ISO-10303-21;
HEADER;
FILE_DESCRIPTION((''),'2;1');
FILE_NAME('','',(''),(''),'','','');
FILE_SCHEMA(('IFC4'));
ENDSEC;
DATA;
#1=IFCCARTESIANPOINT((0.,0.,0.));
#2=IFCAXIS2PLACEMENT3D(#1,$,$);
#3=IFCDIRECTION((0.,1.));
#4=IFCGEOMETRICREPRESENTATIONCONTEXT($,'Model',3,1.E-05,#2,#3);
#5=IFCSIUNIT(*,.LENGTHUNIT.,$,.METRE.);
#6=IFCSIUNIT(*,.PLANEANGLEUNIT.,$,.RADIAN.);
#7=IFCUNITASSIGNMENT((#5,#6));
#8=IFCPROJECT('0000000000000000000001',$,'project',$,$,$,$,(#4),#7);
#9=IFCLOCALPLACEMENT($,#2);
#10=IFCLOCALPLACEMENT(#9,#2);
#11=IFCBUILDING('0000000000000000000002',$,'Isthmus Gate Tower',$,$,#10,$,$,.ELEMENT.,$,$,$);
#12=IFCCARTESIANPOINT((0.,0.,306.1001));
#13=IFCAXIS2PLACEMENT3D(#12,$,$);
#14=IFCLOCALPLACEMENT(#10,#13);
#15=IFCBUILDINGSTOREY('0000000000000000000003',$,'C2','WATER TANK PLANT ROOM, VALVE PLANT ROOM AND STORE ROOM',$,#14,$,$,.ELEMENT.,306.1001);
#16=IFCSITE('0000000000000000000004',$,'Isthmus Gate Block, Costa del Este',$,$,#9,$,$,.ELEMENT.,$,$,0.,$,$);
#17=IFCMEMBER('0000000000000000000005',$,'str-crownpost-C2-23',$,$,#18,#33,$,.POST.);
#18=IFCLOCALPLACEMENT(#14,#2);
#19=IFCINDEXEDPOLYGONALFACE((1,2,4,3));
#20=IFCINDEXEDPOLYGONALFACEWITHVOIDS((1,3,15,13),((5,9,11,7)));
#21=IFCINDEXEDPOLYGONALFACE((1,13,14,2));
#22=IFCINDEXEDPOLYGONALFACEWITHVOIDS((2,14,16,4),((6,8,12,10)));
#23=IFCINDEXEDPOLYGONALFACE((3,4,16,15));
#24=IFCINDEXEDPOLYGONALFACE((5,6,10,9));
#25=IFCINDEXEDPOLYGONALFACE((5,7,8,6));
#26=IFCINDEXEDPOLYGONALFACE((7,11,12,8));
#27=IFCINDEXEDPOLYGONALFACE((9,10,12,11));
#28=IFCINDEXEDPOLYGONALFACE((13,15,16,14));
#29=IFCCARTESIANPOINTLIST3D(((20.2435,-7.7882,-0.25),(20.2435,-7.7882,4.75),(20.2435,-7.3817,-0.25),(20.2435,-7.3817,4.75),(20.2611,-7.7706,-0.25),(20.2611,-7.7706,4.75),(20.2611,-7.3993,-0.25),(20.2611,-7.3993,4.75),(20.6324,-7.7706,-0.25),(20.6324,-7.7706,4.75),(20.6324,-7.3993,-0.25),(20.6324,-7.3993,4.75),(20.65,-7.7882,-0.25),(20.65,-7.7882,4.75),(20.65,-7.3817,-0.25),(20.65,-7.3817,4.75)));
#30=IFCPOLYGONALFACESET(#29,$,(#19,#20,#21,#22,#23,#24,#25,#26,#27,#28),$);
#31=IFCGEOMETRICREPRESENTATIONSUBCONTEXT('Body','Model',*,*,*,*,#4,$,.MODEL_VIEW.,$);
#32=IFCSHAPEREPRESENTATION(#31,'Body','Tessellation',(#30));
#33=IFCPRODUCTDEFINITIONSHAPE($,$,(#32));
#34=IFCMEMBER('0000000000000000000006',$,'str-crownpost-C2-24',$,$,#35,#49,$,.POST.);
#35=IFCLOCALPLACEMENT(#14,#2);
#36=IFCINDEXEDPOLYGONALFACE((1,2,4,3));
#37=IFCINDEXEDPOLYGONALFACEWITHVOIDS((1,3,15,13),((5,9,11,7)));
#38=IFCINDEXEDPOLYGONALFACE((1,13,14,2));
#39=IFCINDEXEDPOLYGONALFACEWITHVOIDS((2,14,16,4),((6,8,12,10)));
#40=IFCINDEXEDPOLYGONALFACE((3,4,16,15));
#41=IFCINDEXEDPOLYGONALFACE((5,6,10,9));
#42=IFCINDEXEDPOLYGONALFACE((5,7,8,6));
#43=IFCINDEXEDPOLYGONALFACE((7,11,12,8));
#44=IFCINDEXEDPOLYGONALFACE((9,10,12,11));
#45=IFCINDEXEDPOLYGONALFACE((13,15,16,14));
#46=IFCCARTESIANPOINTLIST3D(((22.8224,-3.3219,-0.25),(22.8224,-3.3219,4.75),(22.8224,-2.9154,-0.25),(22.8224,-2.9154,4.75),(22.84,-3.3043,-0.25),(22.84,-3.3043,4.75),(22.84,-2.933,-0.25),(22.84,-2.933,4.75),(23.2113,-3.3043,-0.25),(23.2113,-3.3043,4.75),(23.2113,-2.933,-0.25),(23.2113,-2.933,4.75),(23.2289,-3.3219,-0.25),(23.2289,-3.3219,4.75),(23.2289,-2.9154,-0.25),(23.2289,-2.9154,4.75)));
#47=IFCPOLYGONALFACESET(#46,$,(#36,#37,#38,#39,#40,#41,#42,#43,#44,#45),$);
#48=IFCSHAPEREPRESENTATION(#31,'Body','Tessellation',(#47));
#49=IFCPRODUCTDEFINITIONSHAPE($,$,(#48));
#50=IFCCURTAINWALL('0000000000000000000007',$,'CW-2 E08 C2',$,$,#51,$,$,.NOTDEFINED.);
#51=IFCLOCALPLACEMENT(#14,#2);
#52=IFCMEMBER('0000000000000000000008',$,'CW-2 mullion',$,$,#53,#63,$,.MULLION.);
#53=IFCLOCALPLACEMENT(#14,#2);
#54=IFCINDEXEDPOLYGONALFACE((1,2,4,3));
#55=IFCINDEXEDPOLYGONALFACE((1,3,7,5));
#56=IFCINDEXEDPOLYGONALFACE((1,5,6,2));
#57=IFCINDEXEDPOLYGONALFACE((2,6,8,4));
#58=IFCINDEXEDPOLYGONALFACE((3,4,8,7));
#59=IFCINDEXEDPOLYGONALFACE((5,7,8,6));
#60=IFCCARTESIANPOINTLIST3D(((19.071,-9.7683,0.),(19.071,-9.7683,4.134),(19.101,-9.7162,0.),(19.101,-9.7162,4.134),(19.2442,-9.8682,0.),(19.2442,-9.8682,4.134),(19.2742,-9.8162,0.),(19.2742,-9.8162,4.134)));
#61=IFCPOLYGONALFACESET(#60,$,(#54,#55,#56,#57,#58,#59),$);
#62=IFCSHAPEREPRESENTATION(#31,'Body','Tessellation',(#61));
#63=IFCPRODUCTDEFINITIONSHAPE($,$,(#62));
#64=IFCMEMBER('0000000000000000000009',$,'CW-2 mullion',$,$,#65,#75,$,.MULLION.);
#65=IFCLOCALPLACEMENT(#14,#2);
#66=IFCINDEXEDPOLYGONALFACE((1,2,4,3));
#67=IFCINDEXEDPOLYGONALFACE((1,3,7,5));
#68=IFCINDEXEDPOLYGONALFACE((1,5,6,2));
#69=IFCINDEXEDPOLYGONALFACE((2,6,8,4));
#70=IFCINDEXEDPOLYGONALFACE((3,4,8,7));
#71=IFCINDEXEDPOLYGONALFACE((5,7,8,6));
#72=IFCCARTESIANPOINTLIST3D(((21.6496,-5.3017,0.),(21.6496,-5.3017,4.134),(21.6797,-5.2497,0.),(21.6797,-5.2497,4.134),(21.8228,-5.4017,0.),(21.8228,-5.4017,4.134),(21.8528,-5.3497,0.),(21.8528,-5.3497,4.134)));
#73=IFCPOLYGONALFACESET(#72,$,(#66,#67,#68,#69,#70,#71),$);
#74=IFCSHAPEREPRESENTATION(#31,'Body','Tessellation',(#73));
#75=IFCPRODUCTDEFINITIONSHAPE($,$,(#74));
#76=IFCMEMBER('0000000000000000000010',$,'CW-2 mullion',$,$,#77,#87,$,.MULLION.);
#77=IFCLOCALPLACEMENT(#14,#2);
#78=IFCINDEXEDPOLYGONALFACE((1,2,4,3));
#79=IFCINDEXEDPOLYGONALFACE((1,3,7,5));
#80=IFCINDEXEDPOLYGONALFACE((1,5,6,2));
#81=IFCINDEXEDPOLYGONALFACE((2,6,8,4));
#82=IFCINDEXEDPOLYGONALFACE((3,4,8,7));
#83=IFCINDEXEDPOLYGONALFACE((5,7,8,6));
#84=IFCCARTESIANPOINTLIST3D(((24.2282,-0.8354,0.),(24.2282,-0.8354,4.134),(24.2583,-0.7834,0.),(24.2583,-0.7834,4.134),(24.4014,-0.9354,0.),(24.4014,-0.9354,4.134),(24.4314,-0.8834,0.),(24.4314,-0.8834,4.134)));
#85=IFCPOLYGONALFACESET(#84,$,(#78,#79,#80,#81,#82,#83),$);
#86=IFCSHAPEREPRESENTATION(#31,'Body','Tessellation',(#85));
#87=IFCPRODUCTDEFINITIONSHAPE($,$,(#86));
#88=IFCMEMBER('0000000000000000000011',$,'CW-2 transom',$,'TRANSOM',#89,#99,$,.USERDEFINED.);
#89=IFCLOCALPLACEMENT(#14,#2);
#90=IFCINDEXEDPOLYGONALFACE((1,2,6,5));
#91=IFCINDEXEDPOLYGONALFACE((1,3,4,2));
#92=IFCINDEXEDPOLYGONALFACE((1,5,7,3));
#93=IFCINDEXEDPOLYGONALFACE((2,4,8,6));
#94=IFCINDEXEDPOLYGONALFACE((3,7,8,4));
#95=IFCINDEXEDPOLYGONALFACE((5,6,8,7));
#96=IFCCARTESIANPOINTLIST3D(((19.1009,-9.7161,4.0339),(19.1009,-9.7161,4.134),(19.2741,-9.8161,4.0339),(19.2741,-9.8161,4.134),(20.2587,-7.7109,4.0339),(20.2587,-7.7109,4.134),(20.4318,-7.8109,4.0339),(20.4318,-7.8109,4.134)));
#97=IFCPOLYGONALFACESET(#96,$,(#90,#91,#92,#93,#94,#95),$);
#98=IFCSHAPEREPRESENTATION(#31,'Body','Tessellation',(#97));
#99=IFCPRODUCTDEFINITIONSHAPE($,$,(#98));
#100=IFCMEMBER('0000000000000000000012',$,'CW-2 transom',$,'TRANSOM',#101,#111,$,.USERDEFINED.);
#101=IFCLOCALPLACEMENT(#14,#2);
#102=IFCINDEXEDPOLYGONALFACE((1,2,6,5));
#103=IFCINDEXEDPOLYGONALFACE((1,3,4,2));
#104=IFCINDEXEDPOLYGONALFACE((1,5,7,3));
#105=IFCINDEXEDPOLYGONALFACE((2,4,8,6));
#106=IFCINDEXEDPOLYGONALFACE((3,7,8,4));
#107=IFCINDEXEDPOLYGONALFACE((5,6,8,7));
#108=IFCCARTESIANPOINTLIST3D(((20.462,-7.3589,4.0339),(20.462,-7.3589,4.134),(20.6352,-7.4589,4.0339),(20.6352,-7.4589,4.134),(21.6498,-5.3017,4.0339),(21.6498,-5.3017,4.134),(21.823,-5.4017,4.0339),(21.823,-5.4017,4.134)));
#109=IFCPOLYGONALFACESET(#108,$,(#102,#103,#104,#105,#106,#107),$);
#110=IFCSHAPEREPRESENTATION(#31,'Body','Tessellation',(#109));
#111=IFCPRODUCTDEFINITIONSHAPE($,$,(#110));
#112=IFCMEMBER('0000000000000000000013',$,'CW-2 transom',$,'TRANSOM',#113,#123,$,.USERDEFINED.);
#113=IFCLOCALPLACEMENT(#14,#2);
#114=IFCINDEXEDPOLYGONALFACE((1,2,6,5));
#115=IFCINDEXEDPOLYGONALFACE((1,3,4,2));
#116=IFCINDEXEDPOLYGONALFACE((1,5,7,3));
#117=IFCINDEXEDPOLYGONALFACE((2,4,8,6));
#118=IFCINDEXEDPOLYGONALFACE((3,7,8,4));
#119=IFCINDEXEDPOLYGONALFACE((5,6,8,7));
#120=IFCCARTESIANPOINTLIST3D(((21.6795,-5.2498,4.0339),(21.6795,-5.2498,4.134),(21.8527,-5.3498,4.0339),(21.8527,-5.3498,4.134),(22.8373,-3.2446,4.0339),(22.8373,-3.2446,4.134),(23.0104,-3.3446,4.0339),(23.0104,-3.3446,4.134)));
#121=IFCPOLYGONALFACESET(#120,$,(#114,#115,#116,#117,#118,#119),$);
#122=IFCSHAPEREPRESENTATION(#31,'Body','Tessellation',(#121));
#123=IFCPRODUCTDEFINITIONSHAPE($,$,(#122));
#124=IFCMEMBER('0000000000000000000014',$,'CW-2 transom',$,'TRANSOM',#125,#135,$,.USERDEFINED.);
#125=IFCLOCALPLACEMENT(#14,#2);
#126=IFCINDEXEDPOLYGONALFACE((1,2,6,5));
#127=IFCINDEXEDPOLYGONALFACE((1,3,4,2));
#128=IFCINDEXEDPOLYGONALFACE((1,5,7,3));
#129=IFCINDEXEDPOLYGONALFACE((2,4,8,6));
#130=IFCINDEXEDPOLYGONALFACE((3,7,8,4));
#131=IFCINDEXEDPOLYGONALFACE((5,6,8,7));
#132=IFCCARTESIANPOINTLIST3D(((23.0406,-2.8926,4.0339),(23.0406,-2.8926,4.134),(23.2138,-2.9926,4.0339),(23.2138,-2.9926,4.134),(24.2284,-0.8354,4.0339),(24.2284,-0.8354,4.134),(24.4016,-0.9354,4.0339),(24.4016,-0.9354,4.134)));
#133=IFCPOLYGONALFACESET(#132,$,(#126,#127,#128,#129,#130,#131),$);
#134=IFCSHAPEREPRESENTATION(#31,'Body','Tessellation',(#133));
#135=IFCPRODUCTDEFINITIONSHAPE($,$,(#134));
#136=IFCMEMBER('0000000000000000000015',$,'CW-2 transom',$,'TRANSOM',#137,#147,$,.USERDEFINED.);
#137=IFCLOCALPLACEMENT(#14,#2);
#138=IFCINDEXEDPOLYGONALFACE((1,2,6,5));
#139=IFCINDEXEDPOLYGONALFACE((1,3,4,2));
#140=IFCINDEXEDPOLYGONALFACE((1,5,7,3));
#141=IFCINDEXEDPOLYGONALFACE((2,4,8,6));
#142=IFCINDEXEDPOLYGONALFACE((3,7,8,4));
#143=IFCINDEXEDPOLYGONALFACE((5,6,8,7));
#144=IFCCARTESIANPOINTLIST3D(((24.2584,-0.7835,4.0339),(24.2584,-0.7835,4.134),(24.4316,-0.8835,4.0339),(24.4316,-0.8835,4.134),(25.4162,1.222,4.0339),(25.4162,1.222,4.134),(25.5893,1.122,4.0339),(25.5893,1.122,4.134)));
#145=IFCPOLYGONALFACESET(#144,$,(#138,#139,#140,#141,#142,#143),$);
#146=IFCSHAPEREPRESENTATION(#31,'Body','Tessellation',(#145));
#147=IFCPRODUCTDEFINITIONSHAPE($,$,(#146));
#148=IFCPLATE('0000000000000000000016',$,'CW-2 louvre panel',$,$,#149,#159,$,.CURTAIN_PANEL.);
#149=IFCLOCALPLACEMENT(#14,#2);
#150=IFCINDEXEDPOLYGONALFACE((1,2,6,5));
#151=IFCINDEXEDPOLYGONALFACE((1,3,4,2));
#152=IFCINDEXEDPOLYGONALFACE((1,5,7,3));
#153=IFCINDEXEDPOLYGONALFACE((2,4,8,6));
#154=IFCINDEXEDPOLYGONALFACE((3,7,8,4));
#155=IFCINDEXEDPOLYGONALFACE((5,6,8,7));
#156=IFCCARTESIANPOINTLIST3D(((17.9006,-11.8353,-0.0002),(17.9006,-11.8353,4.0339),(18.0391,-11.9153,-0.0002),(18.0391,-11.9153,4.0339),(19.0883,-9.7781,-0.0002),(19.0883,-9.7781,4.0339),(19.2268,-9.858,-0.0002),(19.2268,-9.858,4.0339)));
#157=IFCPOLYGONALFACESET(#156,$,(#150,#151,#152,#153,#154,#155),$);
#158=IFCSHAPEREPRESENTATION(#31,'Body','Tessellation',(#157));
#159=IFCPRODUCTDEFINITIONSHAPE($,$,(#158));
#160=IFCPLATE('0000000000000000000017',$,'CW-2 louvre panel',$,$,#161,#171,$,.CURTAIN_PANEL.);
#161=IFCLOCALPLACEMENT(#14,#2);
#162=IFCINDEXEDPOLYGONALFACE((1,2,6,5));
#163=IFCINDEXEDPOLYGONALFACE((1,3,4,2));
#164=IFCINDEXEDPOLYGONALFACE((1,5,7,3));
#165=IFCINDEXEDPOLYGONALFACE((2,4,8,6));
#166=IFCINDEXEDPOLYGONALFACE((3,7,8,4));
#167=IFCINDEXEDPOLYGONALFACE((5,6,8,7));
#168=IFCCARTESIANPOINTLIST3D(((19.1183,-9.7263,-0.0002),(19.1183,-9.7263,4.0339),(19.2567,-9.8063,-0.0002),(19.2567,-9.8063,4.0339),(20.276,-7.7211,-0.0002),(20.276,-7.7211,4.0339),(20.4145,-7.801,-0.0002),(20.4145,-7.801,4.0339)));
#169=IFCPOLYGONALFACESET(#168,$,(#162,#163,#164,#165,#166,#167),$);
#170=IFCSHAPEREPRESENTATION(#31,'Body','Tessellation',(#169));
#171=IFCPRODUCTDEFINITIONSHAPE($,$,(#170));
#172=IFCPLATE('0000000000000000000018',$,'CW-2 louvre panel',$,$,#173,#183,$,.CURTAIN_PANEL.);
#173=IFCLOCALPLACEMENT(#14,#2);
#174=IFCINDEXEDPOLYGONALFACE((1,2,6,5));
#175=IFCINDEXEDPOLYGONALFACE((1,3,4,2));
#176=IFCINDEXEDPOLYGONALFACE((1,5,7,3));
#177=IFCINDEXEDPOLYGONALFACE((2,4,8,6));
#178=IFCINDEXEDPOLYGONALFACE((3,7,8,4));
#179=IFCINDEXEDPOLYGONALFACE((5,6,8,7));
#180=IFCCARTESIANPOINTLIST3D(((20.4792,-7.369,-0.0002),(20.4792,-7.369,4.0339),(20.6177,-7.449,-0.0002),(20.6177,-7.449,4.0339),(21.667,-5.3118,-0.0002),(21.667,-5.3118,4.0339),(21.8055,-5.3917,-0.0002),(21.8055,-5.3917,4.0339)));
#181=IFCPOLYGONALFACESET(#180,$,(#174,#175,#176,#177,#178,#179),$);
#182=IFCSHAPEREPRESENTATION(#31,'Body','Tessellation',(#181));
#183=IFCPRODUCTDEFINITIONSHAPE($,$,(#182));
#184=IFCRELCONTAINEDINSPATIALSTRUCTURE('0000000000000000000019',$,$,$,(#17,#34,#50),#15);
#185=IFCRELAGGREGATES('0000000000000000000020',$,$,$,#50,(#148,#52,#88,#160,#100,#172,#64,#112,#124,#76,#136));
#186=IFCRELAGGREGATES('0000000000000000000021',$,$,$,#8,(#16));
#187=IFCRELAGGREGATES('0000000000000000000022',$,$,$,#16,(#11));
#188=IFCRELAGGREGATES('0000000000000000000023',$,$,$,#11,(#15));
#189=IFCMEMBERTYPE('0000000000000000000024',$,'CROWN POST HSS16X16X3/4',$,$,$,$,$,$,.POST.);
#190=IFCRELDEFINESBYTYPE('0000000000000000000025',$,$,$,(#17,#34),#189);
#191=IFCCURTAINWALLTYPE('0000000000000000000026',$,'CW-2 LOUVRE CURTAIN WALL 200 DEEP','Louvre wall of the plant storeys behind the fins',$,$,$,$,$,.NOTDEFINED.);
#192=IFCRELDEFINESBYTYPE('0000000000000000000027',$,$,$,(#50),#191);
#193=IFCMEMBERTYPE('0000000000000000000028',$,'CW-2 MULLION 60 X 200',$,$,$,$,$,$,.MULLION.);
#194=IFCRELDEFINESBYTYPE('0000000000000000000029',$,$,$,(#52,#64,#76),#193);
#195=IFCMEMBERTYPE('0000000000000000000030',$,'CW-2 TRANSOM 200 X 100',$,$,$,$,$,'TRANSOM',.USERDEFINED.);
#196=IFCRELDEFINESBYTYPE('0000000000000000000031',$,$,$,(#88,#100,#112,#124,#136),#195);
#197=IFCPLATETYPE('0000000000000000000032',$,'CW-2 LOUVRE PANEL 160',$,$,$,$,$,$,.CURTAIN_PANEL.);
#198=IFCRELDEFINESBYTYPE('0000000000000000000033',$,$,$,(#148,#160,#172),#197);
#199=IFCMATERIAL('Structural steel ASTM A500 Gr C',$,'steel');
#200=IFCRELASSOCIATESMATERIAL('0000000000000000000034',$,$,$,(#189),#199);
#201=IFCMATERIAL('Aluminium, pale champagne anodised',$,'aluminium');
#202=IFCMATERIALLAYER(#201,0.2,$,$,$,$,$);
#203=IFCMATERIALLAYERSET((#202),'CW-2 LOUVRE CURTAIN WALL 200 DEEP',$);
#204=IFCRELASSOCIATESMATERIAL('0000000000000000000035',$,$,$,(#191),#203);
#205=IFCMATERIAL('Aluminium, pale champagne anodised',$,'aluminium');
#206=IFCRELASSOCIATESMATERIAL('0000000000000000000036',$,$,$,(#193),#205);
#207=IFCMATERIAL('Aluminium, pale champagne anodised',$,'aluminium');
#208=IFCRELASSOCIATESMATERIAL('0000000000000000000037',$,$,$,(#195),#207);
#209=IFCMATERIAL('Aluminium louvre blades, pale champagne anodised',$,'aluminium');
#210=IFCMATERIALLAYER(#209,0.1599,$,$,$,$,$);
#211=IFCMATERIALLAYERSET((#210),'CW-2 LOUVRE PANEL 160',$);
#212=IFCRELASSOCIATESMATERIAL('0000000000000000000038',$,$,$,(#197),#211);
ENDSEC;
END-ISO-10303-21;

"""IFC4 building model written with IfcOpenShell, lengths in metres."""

from ifc_helpers import new_model, si_unit, direction, frame, origin, origin_2d, place, context, subcontext, project, spatial, rectangle, hollow_rectangle, extrude, material, layer, layer_set, material_profile, profile_set, type_object, element, aggregate, save


model = new_model("IFC4")

# Units and contexts
model_context = context("Model", 3, precision=1e-05, world=origin(), true_north=direction((0.0, 1.0)))
body_context = subcontext(model_context, "Body", "Model", "MODEL_VIEW")
ifc_project = project(units=[si_unit("LENGTHUNIT", "METRE"), si_unit("PLANEANGLEUNIT", "RADIAN")], contexts=[model_context])

# Site, building, storey
site_placement = place(None, origin())
site = spatial("IfcSite", under=ifc_project, at=site_placement, Name="Isthmus Gate Block, Costa del Este", CompositionType="ELEMENT", RefElevation=0.0)
building_placement = place(site_placement, origin())
building = spatial("IfcBuilding", under=site, at=building_placement, Name="Isthmus Gate Tower", CompositionType="ELEMENT")
storey_placement = place(building_placement, frame((0.0, 0.0, 306.1001)))
storey = spatial("IfcBuildingStorey", under=building, at=storey_placement, Name="C2", Description="WATER TANK PLANT ROOM, VALVE PLANT ROOM AND STORE ROOM", CompositionType="ELEMENT", Elevation=306.1001)

# Members
ifc_material_1 = material(Name="Structural steel ASTM A500 Gr C", Category="steel")
ifc_material_profile_1 = material_profile(ifc_material_1, hollow_rectangle(XDim=0.4065, YDim=0.4065, WallThickness=0.0176, at=origin_2d()), Name="HSS16X16X3/4")
ifc_profile_set_1 = profile_set([ifc_material_profile_1], Name="Structural steel ASTM A500 Gr C")
member_type_1 = type_object("IfcMemberType", Name="CROWN POST HSS16X16X3/4", PredefinedType="POST", material=ifc_profile_set_1)
for number, where, z_axis, x_axis, name in (
    (1, (20.4468, -7.585, -0.25), (0.0, 0.0, 1.0), (1.0, 0.0, 0.0), "str-crownpost-C2-23"),
    (2, (23.0256, -3.1187, -0.25), (0.0, 0.0, 1.0), (1.0, 0.0, 0.0), "str-crownpost-C2-24"),
):
    element("IfcMember", number, at=place(storey_placement, frame(where, z_axis=z_axis, x_axis=x_axis)), inside=storey, type_object=member_type_1, Name=name, PredefinedType="POST", context=body_context, shape_type="SweptSolid", body=[
        extrude(hollow_rectangle(XDim=0.4065, YDim=0.4065, WallThickness=0.0176, at=origin_2d()), origin(), (0.0, 0.0, 1.0), 5.0),
    ])

# Curtain wall, members, plates
ifc_material_2 = material(Name="Aluminium, pale champagne anodised", Category="aluminium")
ifc_layer_1 = layer(ifc_material_2, 0.2)
ifc_layer_set_1 = layer_set([ifc_layer_1], Name="CW-2 LOUVRE CURTAIN WALL 200 DEEP")
curtain_wall_type = type_object("IfcCurtainWallType", Name="CW-2 LOUVRE CURTAIN WALL 200 DEEP", Description="Louvre wall of the plant storeys behind the fins", PredefinedType="NOTDEFINED", material=ifc_layer_set_1)
curtain_wall_placement = place(storey_placement, origin())
curtain_wall = element("IfcCurtainWall", 3, at=curtain_wall_placement, inside=storey, type_object=curtain_wall_type, Name="CW-2 E08 C2", PredefinedType="NOTDEFINED")
ifc_material_3 = material(Name="Aluminium, pale champagne anodised", Category="aluminium")
ifc_material_profile_2 = material_profile(ifc_material_3, rectangle(XDim=0.0601, YDim=0.2, at=origin_2d()), Name="60x200")
ifc_profile_set_2 = profile_set([ifc_material_profile_2], Name="Aluminium, pale champagne anodised")
member_type_2 = type_object("IfcMemberType", Name="CW-2 MULLION 60 X 200", PredefinedType="MULLION", material=ifc_profile_set_2)
member_1_placement = place(storey_placement, frame((19.1726, -9.7922, 0.0), z_axis=(0.0, 0.0, 1.0), x_axis=(0.5, 0.866025, 0.0)))
member_1 = element("IfcMember", 4, at=member_1_placement, type_object=member_type_2, Name="CW-2 mullion", PredefinedType="MULLION", context=body_context, shape_type="SweptSolid", body=[
    extrude(rectangle(XDim=0.0601, YDim=0.2, at=origin_2d()), origin(), (0.0, 0.0, 1.0), 4.134),
])
member_2_placement = place(storey_placement, frame((21.7512, -5.3257, 0.0), z_axis=(0.0, 0.0, 1.0), x_axis=(0.5, 0.866025, 0.0)))
member_2 = element("IfcMember", 5, at=member_2_placement, type_object=member_type_2, Name="CW-2 mullion", PredefinedType="MULLION", context=body_context, shape_type="SweptSolid", body=[
    extrude(rectangle(XDim=0.0601, YDim=0.2, at=origin_2d()), origin(), (0.0, 0.0, 1.0), 4.134),
])
member_3_placement = place(storey_placement, frame((24.3298, -0.8594, 0.0), z_axis=(0.0, 0.0, 1.0), x_axis=(0.5, 0.866025, 0.0)))
member_3 = element("IfcMember", 6, at=member_3_placement, type_object=member_type_2, Name="CW-2 mullion", PredefinedType="MULLION", context=body_context, shape_type="SweptSolid", body=[
    extrude(rectangle(XDim=0.0601, YDim=0.2, at=origin_2d()), origin(), (0.0, 0.0, 1.0), 4.134),
])
ifc_material_4 = material(Name="Aluminium, pale champagne anodised", Category="aluminium")
ifc_material_profile_3 = material_profile(ifc_material_4, rectangle(XDim=0.2, YDim=0.1001, at=origin_2d()), Name="200x100")
ifc_profile_set_3 = profile_set([ifc_material_profile_3], Name="Aluminium, pale champagne anodised")
member_type_3 = type_object("IfcMemberType", Name="CW-2 TRANSOM 200 X 100", ElementType="TRANSOM", PredefinedType="USERDEFINED", material=ifc_profile_set_3)
member_4_placement = place(storey_placement, frame((19.1875, -9.7661, 4.084), z_axis=(0.500018, 0.866015, 0.0), x_axis=(-0.866015, 0.500018, 0.0)))
member_4 = element("IfcMember", 7, at=member_4_placement, type_object=member_type_3, Name="CW-2 transom", ObjectType="TRANSOM", PredefinedType="USERDEFINED", context=body_context, shape_type="SweptSolid", body=[
    extrude(rectangle(XDim=0.2, YDim=0.1001, at=origin_2d()), origin(), (0.0, 0.0, 1.0), 2.3154),
])
member_5_placement = place(storey_placement, frame((20.5486, -7.4089, 4.084), z_axis=(0.500019, 0.866014, 0.0), x_axis=(-0.866014, 0.500019, 0.0)))
member_5 = element("IfcMember", 8, at=member_5_placement, type_object=member_type_3, Name="CW-2 transom", ObjectType="TRANSOM", PredefinedType="USERDEFINED", context=body_context, shape_type="SweptSolid", body=[
    extrude(rectangle(XDim=0.2, YDim=0.1001, at=origin_2d()), origin(), (0.0, 0.0, 1.0), 2.3755),
])
member_6_placement = place(storey_placement, frame((21.7661, -5.2998, 4.084), z_axis=(0.500018, 0.866015, 0.0), x_axis=(-0.866015, 0.500018, 0.0)))
member_6 = element("IfcMember", 9, at=member_6_placement, type_object=member_type_3, Name="CW-2 transom", ObjectType="TRANSOM", PredefinedType="USERDEFINED", context=body_context, shape_type="SweptSolid", body=[
    extrude(rectangle(XDim=0.2, YDim=0.1001, at=origin_2d()), origin(), (0.0, 0.0, 1.0), 2.3154),
])
member_7_placement = place(storey_placement, frame((23.1272, -2.9426, 4.084), z_axis=(0.500019, 0.866014, 0.0), x_axis=(-0.866014, 0.500019, 0.0)))
member_7 = element("IfcMember", 10, at=member_7_placement, type_object=member_type_3, Name="CW-2 transom", ObjectType="TRANSOM", PredefinedType="USERDEFINED", context=body_context, shape_type="SweptSolid", body=[
    extrude(rectangle(XDim=0.2, YDim=0.1001, at=origin_2d()), origin(), (0.0, 0.0, 1.0), 2.3755),
])
member_8_placement = place(storey_placement, frame((24.345, -0.8335, 4.084), z_axis=(0.499972, 0.866042, 0.0), x_axis=(-0.866042, 0.499972, 0.0)))
member_8 = element("IfcMember", 11, at=member_8_placement, type_object=member_type_3, Name="CW-2 transom", ObjectType="TRANSOM", PredefinedType="USERDEFINED", context=body_context, shape_type="SweptSolid", body=[
    extrude(rectangle(XDim=0.2, YDim=0.1001, at=origin_2d()), origin(), (0.0, 0.0, 1.0), 2.3157),
])
ifc_material_5 = material(Name="Aluminium louvre blades, pale champagne anodised", Category="aluminium")
ifc_layer_2 = layer(ifc_material_5, 0.1599)
ifc_layer_set_2 = layer_set([ifc_layer_2], Name="CW-2 LOUVRE PANEL 160")
plate_type = type_object("IfcPlateType", Name="CW-2 LOUVRE PANEL 160", PredefinedType="CURTAIN_PANEL", material=ifc_layer_set_2)
plate_1_placement = place(storey_placement, frame((18.5637, -10.8467, -0.0002), z_axis=(0.0, 0.0, 1.0), x_axis=(0.5, 0.866025, 0.0)))
plate_1 = element("IfcPlate", 12, at=plate_1_placement, type_object=plate_type, Name="CW-2 louvre panel", PredefinedType="CURTAIN_PANEL", context=body_context, shape_type="SweptSolid", body=[
    extrude(rectangle(XDim=2.3755, YDim=0.1599, at=origin_2d()), origin(), (0.0, 0.0, 1.0), 4.0342),
])
plate_2_placement = place(storey_placement, frame((19.7664, -8.7637, -0.0002), z_axis=(0.0, 0.0, 1.0), x_axis=(0.5, 0.866025, 0.0)))
plate_2 = element("IfcPlate", 13, at=plate_2_placement, type_object=plate_type, Name="CW-2 louvre panel", PredefinedType="CURTAIN_PANEL", context=body_context, shape_type="SweptSolid", body=[
    extrude(rectangle(XDim=2.3154, YDim=0.1599, at=origin_2d()), origin(), (0.0, 0.0, 1.0), 4.0342),
])
plate_3_placement = place(storey_placement, frame((21.1423, -6.3804, -0.0002), z_axis=(0.0, 0.0, 1.0), x_axis=(0.5, 0.866025, 0.0)))
plate_3 = element("IfcPlate", 14, at=plate_3_placement, type_object=plate_type, Name="CW-2 louvre panel", PredefinedType="CURTAIN_PANEL", context=body_context, shape_type="SweptSolid", body=[
    extrude(rectangle(XDim=2.3755, YDim=0.1599, at=origin_2d()), origin(), (0.0, 0.0, 1.0), 4.0342),
])
aggregate(curtain_wall, [plate_1, member_1, member_4, plate_2, member_5, plate_3, member_2, member_6, member_7, member_3, member_8])

save(model, "model.ifc")
